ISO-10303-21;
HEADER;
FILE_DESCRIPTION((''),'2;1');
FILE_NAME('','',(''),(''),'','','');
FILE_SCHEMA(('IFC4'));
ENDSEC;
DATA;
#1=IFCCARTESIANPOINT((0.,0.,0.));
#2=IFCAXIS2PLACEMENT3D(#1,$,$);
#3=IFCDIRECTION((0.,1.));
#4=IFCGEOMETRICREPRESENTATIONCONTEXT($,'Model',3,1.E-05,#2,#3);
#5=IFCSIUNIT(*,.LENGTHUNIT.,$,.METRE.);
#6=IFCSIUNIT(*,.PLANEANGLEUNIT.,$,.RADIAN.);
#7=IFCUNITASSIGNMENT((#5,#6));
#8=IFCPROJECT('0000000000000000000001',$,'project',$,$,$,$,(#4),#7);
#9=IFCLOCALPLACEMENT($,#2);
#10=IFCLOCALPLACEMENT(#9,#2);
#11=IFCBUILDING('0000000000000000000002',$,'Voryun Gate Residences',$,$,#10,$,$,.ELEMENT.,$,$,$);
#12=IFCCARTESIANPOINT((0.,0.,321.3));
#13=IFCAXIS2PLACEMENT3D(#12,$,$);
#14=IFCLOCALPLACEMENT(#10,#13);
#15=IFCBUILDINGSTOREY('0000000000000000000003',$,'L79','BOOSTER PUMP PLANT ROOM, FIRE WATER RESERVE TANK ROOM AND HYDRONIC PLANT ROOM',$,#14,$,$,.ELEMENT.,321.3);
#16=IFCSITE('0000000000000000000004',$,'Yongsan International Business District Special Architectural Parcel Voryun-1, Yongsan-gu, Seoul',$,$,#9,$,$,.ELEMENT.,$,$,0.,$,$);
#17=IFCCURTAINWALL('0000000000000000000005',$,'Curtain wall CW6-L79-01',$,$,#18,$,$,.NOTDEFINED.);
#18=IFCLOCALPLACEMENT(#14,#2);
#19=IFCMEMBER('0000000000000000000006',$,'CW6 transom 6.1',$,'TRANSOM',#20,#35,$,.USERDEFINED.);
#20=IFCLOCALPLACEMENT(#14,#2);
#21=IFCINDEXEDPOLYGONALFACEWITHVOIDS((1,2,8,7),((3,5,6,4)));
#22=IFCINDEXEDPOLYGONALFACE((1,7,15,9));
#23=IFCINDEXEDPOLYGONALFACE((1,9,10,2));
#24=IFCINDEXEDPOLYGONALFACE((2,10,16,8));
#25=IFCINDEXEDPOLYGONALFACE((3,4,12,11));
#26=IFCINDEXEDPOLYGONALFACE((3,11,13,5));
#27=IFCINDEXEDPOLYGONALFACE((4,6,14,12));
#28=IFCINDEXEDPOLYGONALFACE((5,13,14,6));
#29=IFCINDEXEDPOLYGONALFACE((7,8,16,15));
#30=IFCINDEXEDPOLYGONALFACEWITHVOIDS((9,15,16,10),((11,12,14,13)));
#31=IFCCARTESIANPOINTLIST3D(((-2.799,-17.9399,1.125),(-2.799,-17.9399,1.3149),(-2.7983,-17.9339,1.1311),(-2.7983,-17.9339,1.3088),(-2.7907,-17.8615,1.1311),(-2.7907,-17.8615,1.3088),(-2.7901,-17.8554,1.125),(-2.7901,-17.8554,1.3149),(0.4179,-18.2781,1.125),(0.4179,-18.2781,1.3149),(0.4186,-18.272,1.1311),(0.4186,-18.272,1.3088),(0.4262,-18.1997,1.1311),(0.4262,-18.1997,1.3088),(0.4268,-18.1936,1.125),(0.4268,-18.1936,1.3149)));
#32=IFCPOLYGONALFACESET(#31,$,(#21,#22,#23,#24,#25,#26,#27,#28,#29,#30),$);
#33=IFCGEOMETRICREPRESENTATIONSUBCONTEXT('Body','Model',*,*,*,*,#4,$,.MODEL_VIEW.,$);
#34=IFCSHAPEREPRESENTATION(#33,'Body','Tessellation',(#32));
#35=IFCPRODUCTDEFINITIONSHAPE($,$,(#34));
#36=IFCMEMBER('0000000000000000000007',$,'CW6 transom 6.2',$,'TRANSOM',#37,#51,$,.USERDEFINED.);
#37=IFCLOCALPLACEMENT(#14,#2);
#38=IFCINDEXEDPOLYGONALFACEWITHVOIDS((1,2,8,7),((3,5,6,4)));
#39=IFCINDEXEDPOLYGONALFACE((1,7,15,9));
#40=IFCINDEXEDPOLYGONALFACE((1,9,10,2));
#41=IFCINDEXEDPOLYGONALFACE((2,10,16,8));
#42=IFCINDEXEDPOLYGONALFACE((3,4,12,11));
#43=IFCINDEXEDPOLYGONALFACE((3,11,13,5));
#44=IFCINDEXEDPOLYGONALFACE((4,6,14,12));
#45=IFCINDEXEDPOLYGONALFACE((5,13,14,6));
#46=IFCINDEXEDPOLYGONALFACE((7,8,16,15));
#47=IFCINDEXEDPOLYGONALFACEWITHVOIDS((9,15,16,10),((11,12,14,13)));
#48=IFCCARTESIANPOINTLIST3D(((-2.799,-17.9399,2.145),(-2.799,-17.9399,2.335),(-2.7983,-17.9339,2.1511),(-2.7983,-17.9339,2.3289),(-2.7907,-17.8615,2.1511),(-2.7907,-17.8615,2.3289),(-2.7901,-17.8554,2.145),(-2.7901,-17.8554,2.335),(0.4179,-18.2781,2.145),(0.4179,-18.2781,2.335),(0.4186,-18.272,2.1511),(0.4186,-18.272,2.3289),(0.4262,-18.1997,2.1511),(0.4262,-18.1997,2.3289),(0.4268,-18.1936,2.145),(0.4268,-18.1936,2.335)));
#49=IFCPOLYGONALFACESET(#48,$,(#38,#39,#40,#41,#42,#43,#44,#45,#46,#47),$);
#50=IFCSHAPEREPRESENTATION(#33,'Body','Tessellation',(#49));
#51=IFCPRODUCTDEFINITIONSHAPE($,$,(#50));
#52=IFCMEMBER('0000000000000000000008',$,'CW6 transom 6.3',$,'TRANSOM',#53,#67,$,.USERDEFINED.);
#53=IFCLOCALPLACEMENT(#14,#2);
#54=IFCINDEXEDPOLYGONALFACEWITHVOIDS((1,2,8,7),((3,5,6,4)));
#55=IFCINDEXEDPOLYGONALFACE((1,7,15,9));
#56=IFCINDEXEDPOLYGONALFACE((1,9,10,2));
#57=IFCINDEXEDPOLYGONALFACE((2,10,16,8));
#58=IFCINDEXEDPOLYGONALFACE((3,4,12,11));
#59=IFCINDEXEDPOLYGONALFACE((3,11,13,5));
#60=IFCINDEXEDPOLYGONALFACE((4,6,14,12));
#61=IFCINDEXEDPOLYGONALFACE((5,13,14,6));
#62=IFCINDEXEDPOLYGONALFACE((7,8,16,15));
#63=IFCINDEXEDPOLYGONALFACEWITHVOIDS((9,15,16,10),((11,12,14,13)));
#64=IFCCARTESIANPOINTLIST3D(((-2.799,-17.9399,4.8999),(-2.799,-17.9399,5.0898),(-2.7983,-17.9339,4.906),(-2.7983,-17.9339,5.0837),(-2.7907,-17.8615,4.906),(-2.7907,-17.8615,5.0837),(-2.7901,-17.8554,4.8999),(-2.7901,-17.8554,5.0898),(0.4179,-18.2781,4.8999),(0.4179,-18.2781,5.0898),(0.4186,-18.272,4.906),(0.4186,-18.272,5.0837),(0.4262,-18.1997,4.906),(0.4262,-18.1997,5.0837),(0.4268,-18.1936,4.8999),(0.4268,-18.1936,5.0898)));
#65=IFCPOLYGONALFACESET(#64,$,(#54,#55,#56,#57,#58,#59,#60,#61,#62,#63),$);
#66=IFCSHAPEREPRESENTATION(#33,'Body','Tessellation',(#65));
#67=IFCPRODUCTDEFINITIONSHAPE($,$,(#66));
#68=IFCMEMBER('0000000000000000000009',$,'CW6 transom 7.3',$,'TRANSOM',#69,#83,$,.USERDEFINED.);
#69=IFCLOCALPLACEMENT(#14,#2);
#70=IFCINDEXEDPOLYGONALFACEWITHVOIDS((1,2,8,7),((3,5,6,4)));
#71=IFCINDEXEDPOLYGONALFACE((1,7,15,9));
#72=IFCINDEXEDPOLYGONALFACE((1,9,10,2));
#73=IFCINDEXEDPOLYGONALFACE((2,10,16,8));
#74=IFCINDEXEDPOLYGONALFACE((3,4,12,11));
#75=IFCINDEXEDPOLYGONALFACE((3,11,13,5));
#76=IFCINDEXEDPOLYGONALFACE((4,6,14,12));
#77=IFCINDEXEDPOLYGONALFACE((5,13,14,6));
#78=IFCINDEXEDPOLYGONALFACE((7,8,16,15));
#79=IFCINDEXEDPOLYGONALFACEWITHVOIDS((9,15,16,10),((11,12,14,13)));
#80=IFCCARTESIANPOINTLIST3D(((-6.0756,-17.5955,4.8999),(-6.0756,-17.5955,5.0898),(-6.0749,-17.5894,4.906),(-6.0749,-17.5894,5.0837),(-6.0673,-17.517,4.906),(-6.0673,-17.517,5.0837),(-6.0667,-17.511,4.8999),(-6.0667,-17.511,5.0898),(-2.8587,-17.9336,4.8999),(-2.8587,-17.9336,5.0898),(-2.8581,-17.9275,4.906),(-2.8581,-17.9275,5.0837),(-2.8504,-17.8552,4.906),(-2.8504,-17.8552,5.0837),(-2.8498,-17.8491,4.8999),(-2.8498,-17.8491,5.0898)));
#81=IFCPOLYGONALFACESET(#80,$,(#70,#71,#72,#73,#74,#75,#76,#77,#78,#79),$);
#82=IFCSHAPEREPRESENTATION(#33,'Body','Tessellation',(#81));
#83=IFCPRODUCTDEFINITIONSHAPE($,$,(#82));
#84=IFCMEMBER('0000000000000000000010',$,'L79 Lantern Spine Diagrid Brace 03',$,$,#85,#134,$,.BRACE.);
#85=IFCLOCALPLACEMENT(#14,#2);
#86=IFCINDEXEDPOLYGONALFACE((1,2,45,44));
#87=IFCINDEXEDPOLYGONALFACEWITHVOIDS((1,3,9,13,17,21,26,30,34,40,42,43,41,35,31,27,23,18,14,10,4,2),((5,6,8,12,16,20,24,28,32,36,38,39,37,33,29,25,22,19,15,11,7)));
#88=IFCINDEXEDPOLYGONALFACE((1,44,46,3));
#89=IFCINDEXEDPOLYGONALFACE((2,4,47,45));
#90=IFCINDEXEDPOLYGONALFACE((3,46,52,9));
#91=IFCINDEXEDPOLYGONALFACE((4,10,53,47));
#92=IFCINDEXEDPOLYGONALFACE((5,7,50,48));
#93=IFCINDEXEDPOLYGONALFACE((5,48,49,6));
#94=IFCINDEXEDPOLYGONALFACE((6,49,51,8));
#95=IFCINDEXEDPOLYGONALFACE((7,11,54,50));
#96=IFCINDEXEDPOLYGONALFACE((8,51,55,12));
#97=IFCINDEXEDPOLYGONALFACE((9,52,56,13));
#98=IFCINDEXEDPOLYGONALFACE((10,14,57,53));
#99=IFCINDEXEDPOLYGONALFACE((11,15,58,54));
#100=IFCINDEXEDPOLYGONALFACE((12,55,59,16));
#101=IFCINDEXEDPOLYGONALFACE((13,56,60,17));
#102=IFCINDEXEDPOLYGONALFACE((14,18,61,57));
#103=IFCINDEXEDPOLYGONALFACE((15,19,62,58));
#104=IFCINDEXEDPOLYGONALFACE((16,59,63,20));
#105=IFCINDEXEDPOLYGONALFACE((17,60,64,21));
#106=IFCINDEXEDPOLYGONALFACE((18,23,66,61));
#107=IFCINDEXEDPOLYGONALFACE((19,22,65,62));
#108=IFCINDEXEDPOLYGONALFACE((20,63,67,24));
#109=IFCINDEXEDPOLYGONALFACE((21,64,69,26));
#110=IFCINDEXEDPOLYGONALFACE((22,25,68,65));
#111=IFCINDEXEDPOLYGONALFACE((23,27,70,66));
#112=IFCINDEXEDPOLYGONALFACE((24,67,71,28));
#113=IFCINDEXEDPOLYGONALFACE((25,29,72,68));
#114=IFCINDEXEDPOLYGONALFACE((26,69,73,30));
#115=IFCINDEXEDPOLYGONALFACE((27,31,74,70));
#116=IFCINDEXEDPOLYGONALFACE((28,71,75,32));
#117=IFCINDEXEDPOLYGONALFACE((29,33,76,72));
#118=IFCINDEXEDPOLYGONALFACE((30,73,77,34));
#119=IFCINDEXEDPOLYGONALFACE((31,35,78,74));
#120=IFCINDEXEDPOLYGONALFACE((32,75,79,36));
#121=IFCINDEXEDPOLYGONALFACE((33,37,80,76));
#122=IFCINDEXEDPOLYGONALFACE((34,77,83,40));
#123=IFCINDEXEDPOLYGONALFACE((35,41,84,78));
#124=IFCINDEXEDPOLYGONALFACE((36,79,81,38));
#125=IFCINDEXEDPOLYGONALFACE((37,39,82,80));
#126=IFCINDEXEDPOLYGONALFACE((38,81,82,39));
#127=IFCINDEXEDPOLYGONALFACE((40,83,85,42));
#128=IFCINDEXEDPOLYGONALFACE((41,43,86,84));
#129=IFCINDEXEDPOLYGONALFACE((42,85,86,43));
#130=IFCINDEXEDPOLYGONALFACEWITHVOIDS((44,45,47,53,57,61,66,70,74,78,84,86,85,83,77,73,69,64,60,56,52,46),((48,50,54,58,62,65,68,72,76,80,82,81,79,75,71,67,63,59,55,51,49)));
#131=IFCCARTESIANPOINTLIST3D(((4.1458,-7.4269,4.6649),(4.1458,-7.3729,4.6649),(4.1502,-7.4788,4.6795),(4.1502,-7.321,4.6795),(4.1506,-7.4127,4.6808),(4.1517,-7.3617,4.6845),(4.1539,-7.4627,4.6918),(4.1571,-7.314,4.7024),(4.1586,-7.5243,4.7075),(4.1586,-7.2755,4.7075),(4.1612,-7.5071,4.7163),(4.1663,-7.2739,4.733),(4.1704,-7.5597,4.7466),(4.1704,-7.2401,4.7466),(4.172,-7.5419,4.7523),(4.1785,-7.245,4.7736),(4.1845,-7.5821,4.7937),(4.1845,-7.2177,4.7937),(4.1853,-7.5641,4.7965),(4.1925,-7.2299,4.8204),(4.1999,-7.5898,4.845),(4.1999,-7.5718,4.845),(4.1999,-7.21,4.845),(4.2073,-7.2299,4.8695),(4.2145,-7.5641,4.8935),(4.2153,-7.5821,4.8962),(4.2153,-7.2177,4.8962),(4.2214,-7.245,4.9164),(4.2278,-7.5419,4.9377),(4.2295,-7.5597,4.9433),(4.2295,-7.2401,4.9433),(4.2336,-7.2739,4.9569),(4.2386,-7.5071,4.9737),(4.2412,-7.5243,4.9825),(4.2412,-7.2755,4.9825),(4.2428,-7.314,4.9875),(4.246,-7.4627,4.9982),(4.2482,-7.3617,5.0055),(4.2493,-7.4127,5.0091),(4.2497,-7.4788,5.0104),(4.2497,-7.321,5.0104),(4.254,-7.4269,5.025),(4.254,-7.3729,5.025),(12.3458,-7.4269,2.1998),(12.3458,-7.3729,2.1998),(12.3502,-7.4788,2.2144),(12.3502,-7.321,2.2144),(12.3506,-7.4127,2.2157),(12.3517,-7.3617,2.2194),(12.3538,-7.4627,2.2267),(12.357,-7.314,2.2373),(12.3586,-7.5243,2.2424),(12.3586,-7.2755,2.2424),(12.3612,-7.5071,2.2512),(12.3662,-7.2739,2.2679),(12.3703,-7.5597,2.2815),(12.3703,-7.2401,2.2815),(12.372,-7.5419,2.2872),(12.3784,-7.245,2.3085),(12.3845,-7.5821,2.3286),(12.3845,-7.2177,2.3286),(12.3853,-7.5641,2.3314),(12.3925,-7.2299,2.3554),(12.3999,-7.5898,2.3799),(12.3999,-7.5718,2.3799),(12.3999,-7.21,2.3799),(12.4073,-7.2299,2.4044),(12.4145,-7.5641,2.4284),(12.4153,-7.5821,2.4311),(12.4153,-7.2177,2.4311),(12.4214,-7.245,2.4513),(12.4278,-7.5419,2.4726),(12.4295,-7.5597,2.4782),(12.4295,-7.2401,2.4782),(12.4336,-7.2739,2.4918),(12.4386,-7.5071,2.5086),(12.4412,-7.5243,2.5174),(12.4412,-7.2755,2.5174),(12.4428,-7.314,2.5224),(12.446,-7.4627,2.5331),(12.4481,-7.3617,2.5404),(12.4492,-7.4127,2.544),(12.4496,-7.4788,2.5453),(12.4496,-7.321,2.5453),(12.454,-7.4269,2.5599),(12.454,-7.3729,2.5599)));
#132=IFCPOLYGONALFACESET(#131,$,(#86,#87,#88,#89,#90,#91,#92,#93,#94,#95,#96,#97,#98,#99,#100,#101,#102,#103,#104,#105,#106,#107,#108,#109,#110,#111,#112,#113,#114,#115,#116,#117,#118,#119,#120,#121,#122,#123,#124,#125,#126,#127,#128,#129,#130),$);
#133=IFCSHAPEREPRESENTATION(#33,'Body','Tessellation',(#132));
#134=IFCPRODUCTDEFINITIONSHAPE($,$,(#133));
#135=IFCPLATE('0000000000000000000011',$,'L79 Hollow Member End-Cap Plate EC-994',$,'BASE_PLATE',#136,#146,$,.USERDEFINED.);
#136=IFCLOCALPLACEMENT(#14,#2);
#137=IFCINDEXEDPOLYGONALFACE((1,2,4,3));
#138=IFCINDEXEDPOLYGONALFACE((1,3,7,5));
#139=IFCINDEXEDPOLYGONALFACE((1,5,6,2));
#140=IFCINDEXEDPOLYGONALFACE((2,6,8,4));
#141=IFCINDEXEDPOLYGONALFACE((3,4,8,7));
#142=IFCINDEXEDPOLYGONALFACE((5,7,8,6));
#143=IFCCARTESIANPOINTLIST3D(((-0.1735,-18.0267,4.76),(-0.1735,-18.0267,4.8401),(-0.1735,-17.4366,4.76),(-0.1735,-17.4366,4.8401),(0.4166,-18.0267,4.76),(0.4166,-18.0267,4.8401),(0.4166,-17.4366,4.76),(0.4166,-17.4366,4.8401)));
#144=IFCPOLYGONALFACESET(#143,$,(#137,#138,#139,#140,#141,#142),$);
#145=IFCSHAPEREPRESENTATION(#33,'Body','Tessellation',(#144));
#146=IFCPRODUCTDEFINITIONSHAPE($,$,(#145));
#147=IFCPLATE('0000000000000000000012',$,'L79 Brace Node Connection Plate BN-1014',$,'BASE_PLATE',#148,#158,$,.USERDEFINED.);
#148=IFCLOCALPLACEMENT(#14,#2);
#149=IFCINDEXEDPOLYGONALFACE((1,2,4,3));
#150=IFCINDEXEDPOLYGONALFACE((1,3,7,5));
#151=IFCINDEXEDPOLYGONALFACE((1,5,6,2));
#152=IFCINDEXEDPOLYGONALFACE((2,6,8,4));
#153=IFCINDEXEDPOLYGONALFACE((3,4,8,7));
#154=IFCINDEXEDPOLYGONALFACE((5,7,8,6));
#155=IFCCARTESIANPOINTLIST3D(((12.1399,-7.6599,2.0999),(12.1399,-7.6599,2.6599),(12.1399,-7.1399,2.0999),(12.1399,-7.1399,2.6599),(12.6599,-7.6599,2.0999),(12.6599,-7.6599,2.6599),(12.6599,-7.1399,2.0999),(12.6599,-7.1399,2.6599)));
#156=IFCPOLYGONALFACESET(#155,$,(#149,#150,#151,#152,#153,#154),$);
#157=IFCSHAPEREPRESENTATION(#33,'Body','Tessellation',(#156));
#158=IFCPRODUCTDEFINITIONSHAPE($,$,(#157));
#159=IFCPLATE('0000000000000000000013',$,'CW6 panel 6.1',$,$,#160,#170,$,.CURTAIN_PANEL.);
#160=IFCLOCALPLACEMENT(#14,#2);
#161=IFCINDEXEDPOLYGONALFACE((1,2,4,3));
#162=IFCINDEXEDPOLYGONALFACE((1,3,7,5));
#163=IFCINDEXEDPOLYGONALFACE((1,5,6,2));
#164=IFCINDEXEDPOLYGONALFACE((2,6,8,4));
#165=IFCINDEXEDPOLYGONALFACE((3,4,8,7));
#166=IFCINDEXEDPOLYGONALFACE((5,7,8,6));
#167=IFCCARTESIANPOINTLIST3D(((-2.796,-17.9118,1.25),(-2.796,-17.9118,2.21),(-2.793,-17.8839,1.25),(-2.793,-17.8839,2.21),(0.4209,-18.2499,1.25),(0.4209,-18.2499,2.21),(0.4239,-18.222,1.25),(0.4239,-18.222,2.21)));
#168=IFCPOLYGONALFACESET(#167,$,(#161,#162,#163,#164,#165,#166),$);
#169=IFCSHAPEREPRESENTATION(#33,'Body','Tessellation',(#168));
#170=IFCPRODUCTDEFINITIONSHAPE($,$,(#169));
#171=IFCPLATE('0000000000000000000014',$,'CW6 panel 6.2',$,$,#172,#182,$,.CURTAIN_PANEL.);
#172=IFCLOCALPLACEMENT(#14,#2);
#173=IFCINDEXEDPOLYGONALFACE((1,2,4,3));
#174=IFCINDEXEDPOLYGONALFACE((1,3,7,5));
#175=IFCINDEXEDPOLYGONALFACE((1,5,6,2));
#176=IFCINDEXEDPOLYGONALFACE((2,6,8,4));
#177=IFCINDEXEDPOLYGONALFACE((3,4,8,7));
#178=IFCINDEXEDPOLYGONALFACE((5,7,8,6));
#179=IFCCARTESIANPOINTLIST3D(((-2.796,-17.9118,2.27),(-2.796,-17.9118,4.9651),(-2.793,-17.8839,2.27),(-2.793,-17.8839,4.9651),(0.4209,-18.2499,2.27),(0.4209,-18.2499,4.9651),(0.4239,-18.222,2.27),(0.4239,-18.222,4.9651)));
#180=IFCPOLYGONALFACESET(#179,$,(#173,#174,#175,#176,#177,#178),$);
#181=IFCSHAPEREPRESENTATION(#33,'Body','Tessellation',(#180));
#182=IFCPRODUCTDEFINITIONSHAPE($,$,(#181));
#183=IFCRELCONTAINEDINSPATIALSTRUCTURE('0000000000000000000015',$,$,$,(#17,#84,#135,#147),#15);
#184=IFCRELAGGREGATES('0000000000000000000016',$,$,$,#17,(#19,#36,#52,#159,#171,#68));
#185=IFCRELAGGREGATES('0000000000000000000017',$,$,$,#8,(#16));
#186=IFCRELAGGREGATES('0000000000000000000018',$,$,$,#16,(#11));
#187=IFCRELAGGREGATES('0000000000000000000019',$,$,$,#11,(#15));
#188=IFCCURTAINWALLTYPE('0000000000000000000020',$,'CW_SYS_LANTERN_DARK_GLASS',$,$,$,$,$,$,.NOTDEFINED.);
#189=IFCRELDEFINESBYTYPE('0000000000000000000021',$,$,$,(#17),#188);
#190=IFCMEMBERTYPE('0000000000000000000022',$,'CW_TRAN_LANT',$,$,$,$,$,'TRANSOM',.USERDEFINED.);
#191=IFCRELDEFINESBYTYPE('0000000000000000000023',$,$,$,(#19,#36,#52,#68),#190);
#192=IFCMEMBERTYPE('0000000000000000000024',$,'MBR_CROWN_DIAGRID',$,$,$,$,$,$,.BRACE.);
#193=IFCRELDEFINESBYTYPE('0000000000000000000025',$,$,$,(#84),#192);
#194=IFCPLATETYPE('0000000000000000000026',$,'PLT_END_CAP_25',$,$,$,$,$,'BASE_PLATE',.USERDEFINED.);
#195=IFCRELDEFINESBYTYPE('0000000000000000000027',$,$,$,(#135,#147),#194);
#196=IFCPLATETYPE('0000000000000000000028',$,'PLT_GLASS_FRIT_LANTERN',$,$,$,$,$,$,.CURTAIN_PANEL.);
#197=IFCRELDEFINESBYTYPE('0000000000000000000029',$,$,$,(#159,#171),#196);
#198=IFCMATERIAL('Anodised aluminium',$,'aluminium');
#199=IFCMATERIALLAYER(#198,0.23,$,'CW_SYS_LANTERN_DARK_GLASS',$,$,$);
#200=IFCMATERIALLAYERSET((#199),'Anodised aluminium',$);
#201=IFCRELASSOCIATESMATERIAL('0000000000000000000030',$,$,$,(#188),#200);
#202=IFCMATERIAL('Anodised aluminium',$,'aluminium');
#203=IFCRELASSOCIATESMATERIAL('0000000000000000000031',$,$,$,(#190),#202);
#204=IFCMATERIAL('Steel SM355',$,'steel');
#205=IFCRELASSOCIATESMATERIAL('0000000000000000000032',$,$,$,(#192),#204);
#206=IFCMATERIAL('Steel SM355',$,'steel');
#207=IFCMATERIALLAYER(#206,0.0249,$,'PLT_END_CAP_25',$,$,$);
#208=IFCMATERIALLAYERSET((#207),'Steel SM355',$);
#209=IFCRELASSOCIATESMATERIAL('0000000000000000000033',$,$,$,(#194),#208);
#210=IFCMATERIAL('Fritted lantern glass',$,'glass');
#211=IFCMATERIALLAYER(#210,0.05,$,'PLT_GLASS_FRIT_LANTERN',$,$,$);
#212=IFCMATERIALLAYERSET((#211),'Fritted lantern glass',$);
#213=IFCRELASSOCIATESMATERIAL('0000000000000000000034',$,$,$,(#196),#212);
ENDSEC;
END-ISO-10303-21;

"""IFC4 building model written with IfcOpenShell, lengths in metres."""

from ifc_helpers import new_model, si_unit, direction, frame, origin, origin_2d, place, context, subcontext, project, spatial, rectangle, hollow_rectangle, hollow_circle, extrude, material, layer, layer_set, material_profile, profile_set, type_object, element, aggregate, save


model = new_model("IFC4")

# Units and contexts
model_context = context("Model", 3, precision=1e-05, world=origin(), true_north=direction((0.0, 1.0)))
body_context = subcontext(model_context, "Body", "Model", "MODEL_VIEW")
ifc_project = project(units=[si_unit("LENGTHUNIT", "METRE"), si_unit("PLANEANGLEUNIT", "RADIAN")], contexts=[model_context])

# Site, building, storey
site_placement = place(None, origin())
site = spatial("IfcSite", under=ifc_project, at=site_placement, Name="Yongsan International Business District Special Architectural Parcel Voryun-1, Yongsan-gu, Seoul", CompositionType="ELEMENT", RefElevation=0.0)
building_placement = place(site_placement, origin())
building = spatial("IfcBuilding", under=site, at=building_placement, Name="Voryun Gate Residences", CompositionType="ELEMENT")
storey_placement = place(building_placement, frame((0.0, 0.0, 321.3)))
storey = spatial("IfcBuildingStorey", under=building, at=storey_placement, Name="L79", Description="BOOSTER PUMP PLANT ROOM, FIRE WATER RESERVE TANK ROOM AND HYDRONIC PLANT ROOM", CompositionType="ELEMENT", Elevation=321.3)

# Curtain wall, members
ifc_material_1 = material(Name="Anodised aluminium", Category="aluminium")
ifc_layer_1 = layer(ifc_material_1, 0.23, Name="CW_SYS_LANTERN_DARK_GLASS")
ifc_layer_set_1 = layer_set([ifc_layer_1], Name="Anodised aluminium")
curtain_wall_type = type_object("IfcCurtainWallType", Name="CW_SYS_LANTERN_DARK_GLASS", PredefinedType="NOTDEFINED", material=ifc_layer_set_1)
curtain_wall_placement = place(storey_placement, origin())
curtain_wall = element("IfcCurtainWall", 1, at=curtain_wall_placement, inside=storey, type_object=curtain_wall_type, Name="Curtain wall CW6-L79-01", PredefinedType="NOTDEFINED")
ifc_material_2 = material(Name="Anodised aluminium", Category="aluminium")
ifc_material_profile_1 = material_profile(ifc_material_2, hollow_rectangle(XDim=0.085, YDim=0.1899, WallThickness=0.0061, at=origin_2d()), Name="ALU-TRAN-190x85x6")
ifc_profile_set_1 = profile_set([ifc_material_profile_1], Name="Anodised aluminium")
member_type_1 = type_object("IfcMemberType", Name="CW_TRAN_LANT", ElementType="TRANSOM", PredefinedType="USERDEFINED", material=ifc_profile_set_1)
member_1_placement = place(storey_placement, frame((0.4224, -18.2358, 1.22), z_axis=(-0.994521, 0.104539, 0.0), x_axis=(-0.104539, -0.994521, 0.0)))
member_1 = element("IfcMember", 2, at=member_1_placement, type_object=member_type_1, Name="CW6 transom 6.1", ObjectType="TRANSOM", PredefinedType="USERDEFINED", context=body_context, shape_type="SweptSolid", body=[
    extrude(hollow_rectangle(XDim=0.085, YDim=0.1899, WallThickness=0.0061, at=origin_2d()), origin(), (0.0, 0.0, 1.0), 3.2346),
])
member_2_placement = place(storey_placement, frame((0.4224, -18.2358, 2.24), z_axis=(-0.994521, 0.104539, 0.0), x_axis=(-0.104539, -0.994521, 0.0)))
member_2 = element("IfcMember", 3, at=member_2_placement, type_object=member_type_1, Name="CW6 transom 6.2", ObjectType="TRANSOM", PredefinedType="USERDEFINED", context=body_context, shape_type="SweptSolid", body=[
    extrude(hollow_rectangle(XDim=0.085, YDim=0.1899, WallThickness=0.0061, at=origin_2d()), origin(), (0.0, 0.0, 1.0), 3.2346),
])
member_3_placement = place(storey_placement, frame((0.4224, -18.2358, 4.9949), z_axis=(-0.994521, 0.104539, 0.0), x_axis=(-0.104539, -0.994521, 0.0)))
member_3 = element("IfcMember", 4, at=member_3_placement, type_object=member_type_1, Name="CW6 transom 6.3", ObjectType="TRANSOM", PredefinedType="USERDEFINED", context=body_context, shape_type="SweptSolid", body=[
    extrude(hollow_rectangle(XDim=0.085, YDim=0.1899, WallThickness=0.0061, at=origin_2d()), origin(), (0.0, 0.0, 1.0), 3.2346),
])
member_4_placement = place(storey_placement, frame((-2.8542, -17.8914, 4.9949), z_axis=(-0.994521, 0.104539, 0.0), x_axis=(-0.104539, -0.994521, 0.0)))
member_4 = element("IfcMember", 5, at=member_4_placement, type_object=member_type_1, Name="CW6 transom 7.3", ObjectType="TRANSOM", PredefinedType="USERDEFINED", context=body_context, shape_type="SweptSolid", body=[
    extrude(hollow_rectangle(XDim=0.085, YDim=0.1899, WallThickness=0.0061, at=origin_2d()), origin(), (0.0, 0.0, 1.0), 3.2346),
])

# Member
ifc_material_3 = material(Name="Steel SM355", Category="steel")
ifc_material_profile_2 = material_profile(ifc_material_3, hollow_circle(Radius=0.1899, WallThickness=0.0181, at=origin_2d()), Name="CHS-380x18")
ifc_profile_set_2 = profile_set([ifc_material_profile_2], Name="Steel SM355")
member_type_2 = type_object("IfcMemberType", Name="MBR_CROWN_DIAGRID", PredefinedType="BRACE", material=ifc_profile_set_2)
member_5_placement = place(storey_placement, frame((12.3999, -7.3999, 2.3799), z_axis=(-0.957662, 0.0, 0.287895), x_axis=(0.0, -1.0, 0.0)))
element("IfcMember", 6, at=member_5_placement, inside=storey, type_object=member_type_2, Name="L79 Lantern Spine Diagrid Brace 03", PredefinedType="BRACE", context=body_context, shape_type="SweptSolid", body=[
    extrude(hollow_circle(Radius=0.1899, WallThickness=0.0181, at=origin_2d()), origin(), (0.0, 0.0, 1.0), 8.5625),
])

# Plates
ifc_material_4 = material(Name="Steel SM355", Category="steel")
ifc_layer_2 = layer(ifc_material_4, 0.0249, Name="PLT_END_CAP_25")
ifc_layer_set_2 = layer_set([ifc_layer_2], Name="Steel SM355")
plate_type_1 = type_object("IfcPlateType", Name="PLT_END_CAP_25", ElementType="BASE_PLATE", PredefinedType="USERDEFINED", material=ifc_layer_set_2)
plate_1_placement = place(storey_placement, frame((0.1216, -17.7317, 4.76), z_axis=(0.0, 0.0, 1.0), x_axis=(1.0, 0.0, 0.0)))
element("IfcPlate", 7, at=plate_1_placement, inside=storey, type_object=plate_type_1, Name="L79 Hollow Member End-Cap Plate EC-994", ObjectType="BASE_PLATE", PredefinedType="USERDEFINED", context=body_context, shape_type="SweptSolid", body=[
    extrude(rectangle(XDim=0.5901, YDim=0.5901, at=origin_2d()), origin(), (0.0, 0.0, 1.0), 0.0801),
])
plate_2_placement = place(storey_placement, frame((12.3999, -7.3999, 2.0999), z_axis=(0.0, 0.0, 1.0), x_axis=(1.0, 0.0, 0.0)))
element("IfcPlate", 8, at=plate_2_placement, inside=storey, type_object=plate_type_1, Name="L79 Brace Node Connection Plate BN-1014", ObjectType="BASE_PLATE", PredefinedType="USERDEFINED", context=body_context, shape_type="SweptSolid", body=[
    extrude(rectangle(XDim=0.52, YDim=0.52, at=origin_2d()), origin(), (0.0, 0.0, 1.0), 0.5601),
])

# Plates
ifc_material_5 = material(Name="Fritted lantern glass", Category="glass")
ifc_layer_3 = layer(ifc_material_5, 0.05, Name="PLT_GLASS_FRIT_LANTERN")
ifc_layer_set_3 = layer_set([ifc_layer_3], Name="Fritted lantern glass")
plate_type_2 = type_object("IfcPlateType", Name="PLT_GLASS_FRIT_LANTERN", PredefinedType="CURTAIN_PANEL", material=ifc_layer_set_3)
plate_3_placement = place(storey_placement, frame((-1.186, -18.0669, 1.25), z_axis=(0.0, 0.0, 1.0), x_axis=(-0.994522, 0.104528, 0.0)))
plate_3 = element("IfcPlate", 9, at=plate_3_placement, type_object=plate_type_2, Name="CW6 panel 6.1", PredefinedType="CURTAIN_PANEL", context=body_context, shape_type="SweptSolid", body=[
    extrude(rectangle(XDim=3.2346, YDim=0.0281, at=origin_2d()), origin(), (0.0, 0.0, 1.0), 0.96),
])
plate_4_placement = place(storey_placement, frame((-1.186, -18.0669, 2.27), z_axis=(0.0, 0.0, 1.0), x_axis=(-0.994522, 0.104528, 0.0)))
plate_4 = element("IfcPlate", 10, at=plate_4_placement, type_object=plate_type_2, Name="CW6 panel 6.2", PredefinedType="CURTAIN_PANEL", context=body_context, shape_type="SweptSolid", body=[
    extrude(rectangle(XDim=3.2346, YDim=0.0281, at=origin_2d()), origin(), (0.0, 0.0, 1.0), 2.6951),
])
aggregate(curtain_wall, [member_1, member_2, member_3, plate_3, plate_4, member_4])

save(model, "model.ifc")
